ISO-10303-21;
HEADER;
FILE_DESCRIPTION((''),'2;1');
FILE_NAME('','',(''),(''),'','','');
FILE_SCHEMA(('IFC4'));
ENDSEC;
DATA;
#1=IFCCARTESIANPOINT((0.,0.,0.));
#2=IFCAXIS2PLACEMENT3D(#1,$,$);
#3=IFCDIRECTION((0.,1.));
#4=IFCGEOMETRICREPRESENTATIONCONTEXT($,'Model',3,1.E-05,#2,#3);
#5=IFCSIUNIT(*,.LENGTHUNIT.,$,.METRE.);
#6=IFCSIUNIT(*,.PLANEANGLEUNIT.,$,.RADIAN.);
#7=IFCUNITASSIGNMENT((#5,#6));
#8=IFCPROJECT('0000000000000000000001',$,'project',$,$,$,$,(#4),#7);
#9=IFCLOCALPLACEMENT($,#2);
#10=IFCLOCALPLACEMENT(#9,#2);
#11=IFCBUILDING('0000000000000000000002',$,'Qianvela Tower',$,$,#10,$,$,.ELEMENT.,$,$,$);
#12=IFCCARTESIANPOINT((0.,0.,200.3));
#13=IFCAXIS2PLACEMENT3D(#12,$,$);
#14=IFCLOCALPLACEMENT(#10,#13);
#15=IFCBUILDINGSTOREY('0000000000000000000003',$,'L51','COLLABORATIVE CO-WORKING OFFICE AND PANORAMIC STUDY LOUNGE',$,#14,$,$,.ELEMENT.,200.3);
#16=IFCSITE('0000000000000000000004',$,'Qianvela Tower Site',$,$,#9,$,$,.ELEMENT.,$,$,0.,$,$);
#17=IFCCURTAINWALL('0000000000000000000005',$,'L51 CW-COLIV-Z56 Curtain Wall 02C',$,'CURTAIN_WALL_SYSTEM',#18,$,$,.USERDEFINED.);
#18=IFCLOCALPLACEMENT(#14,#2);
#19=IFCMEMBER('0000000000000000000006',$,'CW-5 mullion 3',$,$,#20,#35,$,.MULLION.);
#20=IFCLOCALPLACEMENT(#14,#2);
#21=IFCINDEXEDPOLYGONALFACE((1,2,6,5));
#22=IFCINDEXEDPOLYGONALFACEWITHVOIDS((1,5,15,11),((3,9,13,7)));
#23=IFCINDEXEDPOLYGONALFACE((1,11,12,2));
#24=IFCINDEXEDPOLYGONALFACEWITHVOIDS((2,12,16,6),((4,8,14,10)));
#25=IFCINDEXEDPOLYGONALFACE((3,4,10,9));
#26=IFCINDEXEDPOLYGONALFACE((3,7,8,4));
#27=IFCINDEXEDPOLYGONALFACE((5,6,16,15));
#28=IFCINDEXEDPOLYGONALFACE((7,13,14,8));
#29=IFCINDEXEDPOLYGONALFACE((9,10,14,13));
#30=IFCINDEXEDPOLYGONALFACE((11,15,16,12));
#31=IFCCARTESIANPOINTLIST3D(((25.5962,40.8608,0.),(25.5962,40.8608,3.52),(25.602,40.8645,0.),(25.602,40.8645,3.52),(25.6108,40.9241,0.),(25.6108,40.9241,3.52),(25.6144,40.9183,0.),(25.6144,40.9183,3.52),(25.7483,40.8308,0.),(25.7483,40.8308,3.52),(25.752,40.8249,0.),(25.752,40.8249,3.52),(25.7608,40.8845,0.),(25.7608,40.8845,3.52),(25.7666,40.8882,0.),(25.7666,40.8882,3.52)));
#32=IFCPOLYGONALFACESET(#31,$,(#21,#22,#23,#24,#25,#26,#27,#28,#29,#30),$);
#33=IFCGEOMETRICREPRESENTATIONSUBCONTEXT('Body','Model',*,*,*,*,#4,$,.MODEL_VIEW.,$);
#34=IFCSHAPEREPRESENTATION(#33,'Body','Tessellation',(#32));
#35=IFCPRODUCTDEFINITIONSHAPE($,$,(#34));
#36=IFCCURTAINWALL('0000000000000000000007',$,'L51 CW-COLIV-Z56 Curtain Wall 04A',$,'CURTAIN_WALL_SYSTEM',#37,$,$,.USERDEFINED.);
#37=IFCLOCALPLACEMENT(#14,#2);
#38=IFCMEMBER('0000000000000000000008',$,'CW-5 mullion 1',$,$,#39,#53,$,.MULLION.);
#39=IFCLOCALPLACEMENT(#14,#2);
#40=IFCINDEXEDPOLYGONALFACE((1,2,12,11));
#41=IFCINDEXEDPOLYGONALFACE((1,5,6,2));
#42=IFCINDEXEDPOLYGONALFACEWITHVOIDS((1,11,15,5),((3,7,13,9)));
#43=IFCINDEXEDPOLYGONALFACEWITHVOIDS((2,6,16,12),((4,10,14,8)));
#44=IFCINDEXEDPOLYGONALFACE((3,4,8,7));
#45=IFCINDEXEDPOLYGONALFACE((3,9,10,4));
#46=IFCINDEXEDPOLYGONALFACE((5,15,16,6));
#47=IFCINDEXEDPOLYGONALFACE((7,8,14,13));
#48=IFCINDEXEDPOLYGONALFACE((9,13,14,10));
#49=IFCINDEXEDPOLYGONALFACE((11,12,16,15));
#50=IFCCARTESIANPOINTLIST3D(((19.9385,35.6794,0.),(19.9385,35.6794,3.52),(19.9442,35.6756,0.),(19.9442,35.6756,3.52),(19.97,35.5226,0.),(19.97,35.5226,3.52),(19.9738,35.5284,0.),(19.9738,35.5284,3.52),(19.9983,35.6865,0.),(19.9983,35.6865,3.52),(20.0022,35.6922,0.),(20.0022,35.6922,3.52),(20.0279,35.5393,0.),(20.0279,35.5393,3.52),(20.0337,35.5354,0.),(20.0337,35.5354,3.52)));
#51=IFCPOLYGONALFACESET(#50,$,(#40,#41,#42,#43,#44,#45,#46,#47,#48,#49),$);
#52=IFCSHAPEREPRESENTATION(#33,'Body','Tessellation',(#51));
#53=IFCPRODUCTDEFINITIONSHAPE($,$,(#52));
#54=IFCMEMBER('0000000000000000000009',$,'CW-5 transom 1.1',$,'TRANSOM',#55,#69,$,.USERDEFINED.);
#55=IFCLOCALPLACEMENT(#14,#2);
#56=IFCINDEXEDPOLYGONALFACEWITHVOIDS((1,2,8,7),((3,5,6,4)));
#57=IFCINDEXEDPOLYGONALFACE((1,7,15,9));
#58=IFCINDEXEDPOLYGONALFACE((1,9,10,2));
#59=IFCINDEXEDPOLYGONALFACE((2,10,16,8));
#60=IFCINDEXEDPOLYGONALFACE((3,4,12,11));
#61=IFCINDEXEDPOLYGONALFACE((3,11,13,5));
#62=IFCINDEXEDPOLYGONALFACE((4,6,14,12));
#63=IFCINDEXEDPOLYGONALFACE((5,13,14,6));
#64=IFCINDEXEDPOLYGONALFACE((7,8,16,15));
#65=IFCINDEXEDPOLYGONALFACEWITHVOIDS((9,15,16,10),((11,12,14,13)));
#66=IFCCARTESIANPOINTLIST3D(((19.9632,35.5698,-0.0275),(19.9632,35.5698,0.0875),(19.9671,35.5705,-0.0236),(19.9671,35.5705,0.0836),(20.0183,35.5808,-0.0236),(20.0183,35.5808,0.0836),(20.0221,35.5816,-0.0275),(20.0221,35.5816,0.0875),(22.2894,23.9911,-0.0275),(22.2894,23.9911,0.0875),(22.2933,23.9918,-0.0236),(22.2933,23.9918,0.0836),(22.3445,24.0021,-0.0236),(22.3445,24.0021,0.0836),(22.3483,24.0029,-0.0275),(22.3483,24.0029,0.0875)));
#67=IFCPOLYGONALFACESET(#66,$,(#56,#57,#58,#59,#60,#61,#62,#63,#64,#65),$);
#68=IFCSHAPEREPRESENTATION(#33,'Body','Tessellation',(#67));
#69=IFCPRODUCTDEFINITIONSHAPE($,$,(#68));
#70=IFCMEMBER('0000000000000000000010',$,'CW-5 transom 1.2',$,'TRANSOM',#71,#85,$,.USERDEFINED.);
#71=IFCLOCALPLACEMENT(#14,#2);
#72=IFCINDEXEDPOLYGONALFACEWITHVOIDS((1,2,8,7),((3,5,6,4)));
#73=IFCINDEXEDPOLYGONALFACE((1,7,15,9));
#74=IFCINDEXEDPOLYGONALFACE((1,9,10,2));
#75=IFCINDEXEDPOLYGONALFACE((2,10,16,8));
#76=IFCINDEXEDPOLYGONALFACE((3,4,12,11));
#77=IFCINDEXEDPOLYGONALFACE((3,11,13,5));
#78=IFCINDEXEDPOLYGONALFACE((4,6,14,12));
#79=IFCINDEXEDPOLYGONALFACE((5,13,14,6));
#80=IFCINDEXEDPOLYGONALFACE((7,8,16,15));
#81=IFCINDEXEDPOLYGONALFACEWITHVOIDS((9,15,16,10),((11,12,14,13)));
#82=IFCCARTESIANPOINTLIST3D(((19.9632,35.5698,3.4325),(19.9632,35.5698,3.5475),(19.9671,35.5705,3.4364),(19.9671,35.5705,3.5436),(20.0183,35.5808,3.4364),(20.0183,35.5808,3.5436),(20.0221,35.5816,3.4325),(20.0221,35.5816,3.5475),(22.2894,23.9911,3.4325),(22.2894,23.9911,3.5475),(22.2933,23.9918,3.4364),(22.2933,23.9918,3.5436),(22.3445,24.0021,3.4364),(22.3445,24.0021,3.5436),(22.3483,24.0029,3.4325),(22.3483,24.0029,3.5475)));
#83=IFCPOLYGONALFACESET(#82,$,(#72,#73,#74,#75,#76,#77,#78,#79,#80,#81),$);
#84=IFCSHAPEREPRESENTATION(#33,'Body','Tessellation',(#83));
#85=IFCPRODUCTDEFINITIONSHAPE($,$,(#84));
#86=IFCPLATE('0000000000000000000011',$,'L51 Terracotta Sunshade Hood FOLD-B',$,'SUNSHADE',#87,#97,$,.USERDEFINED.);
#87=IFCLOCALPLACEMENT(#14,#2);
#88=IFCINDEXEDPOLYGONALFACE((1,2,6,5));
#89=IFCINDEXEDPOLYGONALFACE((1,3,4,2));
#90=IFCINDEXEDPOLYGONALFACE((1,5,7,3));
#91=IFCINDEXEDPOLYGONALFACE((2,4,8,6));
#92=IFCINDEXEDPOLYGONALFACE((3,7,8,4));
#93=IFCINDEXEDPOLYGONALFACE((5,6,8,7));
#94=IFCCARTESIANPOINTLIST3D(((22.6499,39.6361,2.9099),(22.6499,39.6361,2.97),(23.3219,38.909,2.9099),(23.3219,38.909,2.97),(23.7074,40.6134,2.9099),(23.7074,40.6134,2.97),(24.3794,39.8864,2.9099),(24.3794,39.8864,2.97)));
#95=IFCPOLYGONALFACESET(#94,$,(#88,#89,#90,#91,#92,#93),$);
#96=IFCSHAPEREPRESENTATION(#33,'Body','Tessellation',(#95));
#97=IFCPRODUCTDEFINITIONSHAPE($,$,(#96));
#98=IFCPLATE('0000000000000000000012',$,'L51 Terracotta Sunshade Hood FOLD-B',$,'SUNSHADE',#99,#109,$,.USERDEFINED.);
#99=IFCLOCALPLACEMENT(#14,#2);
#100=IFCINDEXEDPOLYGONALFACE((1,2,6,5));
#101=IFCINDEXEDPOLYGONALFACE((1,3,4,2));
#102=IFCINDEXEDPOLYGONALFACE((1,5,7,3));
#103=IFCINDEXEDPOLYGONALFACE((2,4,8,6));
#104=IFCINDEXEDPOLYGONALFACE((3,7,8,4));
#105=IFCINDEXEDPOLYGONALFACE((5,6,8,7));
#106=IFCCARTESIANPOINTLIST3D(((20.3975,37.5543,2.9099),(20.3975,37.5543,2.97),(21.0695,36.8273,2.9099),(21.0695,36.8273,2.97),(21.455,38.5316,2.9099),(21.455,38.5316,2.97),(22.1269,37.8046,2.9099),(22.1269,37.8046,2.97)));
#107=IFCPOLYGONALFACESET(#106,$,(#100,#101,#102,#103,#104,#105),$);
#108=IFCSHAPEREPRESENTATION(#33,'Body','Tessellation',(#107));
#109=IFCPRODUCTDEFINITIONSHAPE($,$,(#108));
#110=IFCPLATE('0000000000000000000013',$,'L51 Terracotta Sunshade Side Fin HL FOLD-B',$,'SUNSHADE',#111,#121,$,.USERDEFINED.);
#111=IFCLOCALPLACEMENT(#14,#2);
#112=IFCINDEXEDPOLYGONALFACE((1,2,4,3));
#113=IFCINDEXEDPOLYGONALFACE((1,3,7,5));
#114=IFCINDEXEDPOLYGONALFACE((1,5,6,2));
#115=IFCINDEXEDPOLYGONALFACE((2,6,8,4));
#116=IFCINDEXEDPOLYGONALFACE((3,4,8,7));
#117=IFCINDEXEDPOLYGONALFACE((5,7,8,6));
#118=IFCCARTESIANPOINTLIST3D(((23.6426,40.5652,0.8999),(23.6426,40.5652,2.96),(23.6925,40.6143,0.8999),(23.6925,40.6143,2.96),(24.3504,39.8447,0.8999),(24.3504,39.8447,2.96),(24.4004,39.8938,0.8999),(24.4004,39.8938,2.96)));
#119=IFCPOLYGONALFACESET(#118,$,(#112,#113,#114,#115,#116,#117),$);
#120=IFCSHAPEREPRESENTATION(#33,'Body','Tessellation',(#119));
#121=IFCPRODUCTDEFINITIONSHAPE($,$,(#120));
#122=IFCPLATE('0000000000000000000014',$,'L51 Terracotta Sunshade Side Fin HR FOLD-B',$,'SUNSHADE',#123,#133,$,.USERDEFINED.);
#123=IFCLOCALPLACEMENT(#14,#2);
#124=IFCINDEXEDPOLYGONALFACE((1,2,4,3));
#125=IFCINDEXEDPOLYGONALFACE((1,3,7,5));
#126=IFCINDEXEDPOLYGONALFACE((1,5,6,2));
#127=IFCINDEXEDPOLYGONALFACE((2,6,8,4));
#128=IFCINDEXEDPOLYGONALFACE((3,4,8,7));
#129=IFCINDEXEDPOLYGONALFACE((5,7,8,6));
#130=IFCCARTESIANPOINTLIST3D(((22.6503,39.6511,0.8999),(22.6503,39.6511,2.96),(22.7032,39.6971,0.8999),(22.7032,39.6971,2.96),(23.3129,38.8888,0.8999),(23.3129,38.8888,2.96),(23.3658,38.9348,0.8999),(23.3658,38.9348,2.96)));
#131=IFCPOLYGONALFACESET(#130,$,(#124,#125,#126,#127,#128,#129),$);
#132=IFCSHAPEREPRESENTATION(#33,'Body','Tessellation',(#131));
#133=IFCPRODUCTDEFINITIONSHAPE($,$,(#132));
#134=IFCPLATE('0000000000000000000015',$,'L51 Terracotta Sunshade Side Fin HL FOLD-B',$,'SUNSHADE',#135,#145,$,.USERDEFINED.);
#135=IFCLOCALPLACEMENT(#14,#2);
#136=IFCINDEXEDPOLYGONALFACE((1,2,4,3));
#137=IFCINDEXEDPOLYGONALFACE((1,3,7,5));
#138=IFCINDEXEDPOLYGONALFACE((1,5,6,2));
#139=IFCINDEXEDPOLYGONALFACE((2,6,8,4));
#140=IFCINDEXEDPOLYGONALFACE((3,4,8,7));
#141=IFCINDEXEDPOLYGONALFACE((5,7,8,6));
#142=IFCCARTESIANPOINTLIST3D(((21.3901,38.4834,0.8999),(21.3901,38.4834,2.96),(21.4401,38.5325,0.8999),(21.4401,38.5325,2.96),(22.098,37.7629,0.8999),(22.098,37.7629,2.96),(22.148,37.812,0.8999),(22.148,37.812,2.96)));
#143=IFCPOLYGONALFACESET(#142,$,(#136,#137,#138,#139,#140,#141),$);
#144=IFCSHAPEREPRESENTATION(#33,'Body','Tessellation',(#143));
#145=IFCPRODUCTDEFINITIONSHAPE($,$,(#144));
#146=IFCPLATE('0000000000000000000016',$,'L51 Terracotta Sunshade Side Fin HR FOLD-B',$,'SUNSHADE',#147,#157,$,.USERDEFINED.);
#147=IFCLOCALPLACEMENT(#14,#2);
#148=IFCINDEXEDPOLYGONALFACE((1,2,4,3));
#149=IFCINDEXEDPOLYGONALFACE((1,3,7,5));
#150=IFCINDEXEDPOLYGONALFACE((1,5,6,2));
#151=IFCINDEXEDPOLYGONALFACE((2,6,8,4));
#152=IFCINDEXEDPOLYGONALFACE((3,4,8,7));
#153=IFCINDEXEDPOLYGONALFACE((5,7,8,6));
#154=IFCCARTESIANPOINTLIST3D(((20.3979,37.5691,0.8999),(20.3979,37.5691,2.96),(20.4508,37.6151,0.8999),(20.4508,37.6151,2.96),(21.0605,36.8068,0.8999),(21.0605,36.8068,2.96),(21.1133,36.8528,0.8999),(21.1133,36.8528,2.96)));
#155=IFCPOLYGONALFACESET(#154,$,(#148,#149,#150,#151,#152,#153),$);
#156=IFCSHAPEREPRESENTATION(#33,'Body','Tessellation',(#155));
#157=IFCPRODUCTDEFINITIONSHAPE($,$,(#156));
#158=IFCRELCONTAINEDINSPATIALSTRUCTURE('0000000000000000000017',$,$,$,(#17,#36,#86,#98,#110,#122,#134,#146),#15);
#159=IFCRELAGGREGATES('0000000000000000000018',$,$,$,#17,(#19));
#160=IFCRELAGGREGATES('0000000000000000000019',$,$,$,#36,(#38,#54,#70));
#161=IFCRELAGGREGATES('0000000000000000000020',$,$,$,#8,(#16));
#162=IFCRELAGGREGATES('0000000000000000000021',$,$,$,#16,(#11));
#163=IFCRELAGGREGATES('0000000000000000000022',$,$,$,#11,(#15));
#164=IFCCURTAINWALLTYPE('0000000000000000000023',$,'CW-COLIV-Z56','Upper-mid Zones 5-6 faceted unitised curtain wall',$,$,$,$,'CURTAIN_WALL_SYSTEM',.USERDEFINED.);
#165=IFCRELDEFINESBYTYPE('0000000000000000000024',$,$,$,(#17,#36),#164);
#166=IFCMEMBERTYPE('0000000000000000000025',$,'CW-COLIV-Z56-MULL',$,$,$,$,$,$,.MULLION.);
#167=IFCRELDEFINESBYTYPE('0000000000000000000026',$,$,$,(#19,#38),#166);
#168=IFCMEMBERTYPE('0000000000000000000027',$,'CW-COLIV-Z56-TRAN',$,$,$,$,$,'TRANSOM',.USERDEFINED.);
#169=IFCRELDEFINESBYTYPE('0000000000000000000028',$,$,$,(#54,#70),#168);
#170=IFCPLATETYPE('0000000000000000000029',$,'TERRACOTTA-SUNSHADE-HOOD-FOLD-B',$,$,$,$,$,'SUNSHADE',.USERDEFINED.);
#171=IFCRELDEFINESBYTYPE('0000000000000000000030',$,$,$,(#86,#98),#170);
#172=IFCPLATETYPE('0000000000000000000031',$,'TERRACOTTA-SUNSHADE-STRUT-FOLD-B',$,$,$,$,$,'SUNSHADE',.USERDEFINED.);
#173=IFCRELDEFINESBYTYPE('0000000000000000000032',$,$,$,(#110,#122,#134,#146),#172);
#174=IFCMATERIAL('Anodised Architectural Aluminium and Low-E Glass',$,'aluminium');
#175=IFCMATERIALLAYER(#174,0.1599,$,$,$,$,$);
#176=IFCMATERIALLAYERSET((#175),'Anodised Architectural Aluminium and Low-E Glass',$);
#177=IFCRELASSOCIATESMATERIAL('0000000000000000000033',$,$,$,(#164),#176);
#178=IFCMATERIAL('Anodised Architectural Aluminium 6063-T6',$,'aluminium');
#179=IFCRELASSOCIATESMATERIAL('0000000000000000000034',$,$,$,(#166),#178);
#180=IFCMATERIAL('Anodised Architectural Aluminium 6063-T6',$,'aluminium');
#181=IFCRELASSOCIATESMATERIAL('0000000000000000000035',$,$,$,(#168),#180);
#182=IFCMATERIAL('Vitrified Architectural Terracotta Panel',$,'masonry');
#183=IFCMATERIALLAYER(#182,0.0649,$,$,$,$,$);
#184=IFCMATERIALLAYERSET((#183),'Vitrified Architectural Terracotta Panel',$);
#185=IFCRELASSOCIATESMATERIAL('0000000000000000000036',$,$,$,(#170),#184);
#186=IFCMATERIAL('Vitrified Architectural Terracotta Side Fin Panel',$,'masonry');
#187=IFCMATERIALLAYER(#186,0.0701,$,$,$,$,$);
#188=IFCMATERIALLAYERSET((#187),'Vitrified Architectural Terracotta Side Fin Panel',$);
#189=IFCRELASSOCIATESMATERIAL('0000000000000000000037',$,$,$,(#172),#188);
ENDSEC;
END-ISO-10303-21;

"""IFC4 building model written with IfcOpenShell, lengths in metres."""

from ifc_helpers import new_model, si_unit, direction, frame, origin, origin_2d, place, context, subcontext, project, spatial, rectangle, hollow_rectangle, extrude, material, layer, layer_set, material_profile, profile_set, type_object, element, aggregate, save


model = new_model("IFC4")

# Units and contexts
model_context = context("Model", 3, precision=1e-05, world=origin(), true_north=direction((0.0, 1.0)))
body_context = subcontext(model_context, "Body", "Model", "MODEL_VIEW")
ifc_project = project(units=[si_unit("LENGTHUNIT", "METRE"), si_unit("PLANEANGLEUNIT", "RADIAN")], contexts=[model_context])

# Site, building, storey
site_placement = place(None, origin())
site = spatial("IfcSite", under=ifc_project, at=site_placement, Name="Qianvela Tower Site", CompositionType="ELEMENT", RefElevation=0.0)
building_placement = place(site_placement, origin())
building = spatial("IfcBuilding", under=site, at=building_placement, Name="Qianvela Tower", CompositionType="ELEMENT")
storey_placement = place(building_placement, frame((0.0, 0.0, 200.3)))
storey = spatial("IfcBuildingStorey", under=building, at=storey_placement, Name="L51", Description="COLLABORATIVE CO-WORKING OFFICE AND PANORAMIC STUDY LOUNGE", CompositionType="ELEMENT", Elevation=200.3)

# Curtain wall, member
ifc_material_1 = material(Name="Anodised Architectural Aluminium and Low-E Glass", Category="aluminium")
ifc_layer_1 = layer(ifc_material_1, 0.1599)
ifc_layer_set_1 = layer_set([ifc_layer_1], Name="Anodised Architectural Aluminium and Low-E Glass")
curtain_wall_type = type_object("IfcCurtainWallType", Name="CW-COLIV-Z56", Description="Upper-mid Zones 5-6 faceted unitised curtain wall", ElementType="CURTAIN_WALL_SYSTEM", PredefinedType="USERDEFINED", material=ifc_layer_set_1)
curtain_wall_1_placement = place(storey_placement, origin())
curtain_wall_1 = element("IfcCurtainWall", 1, at=curtain_wall_1_placement, inside=storey, type_object=curtain_wall_type, Name="L51 CW-COLIV-Z56 Curtain Wall 02C", ObjectType="CURTAIN_WALL_SYSTEM", PredefinedType="USERDEFINED")
ifc_material_2 = material(Name="Anodised Architectural Aluminium 6063-T6", Category="aluminium")
ifc_material_profile_1 = material_profile(ifc_material_2, hollow_rectangle(XDim=0.0649, YDim=0.1599, WallThickness=0.0049, at=origin_2d()), Name="ALU-MULL-65x160")
ifc_profile_set_1 = profile_set([ifc_material_profile_1], Name="Anodised Architectural Aluminium 6063-T6")
member_type_1 = type_object("IfcMemberType", Name="CW-COLIV-Z56-MULL", PredefinedType="MULLION", material=ifc_profile_set_1)
member_1_placement = place(storey_placement, frame((25.6814, 40.8745, 0.0), z_axis=(0.0, 0.0, 1.0), x_axis=(-0.224831, -0.974398, 0.0)))
member_1 = element("IfcMember", 2, at=member_1_placement, type_object=member_type_1, Name="CW-5 mullion 3", PredefinedType="MULLION", context=body_context, shape_type="SweptSolid", body=[
    extrude(hollow_rectangle(XDim=0.0649, YDim=0.1599, WallThickness=0.0049, at=origin_2d()), origin(), (0.0, 0.0, 1.0), 3.52),
])
aggregate(curtain_wall_1, [member_1])

# Curtain wall, members
curtain_wall_2_placement = place(storey_placement, origin())
curtain_wall_2 = element("IfcCurtainWall", 3, at=curtain_wall_2_placement, inside=storey, type_object=curtain_wall_type, Name="L51 CW-COLIV-Z56 Curtain Wall 04A", ObjectType="CURTAIN_WALL_SYSTEM", PredefinedType="USERDEFINED")
member_2_placement = place(storey_placement, frame((19.9861, 35.6074, 0.0), z_axis=(0.0, 0.0, 1.0), x_axis=(0.980408, 0.196976, 0.0)))
member_2 = element("IfcMember", 4, at=member_2_placement, type_object=member_type_1, Name="CW-5 mullion 1", PredefinedType="MULLION", context=body_context, shape_type="SweptSolid", body=[
    extrude(hollow_rectangle(XDim=0.0649, YDim=0.1599, WallThickness=0.0049, at=origin_2d()), origin(), (0.0, 0.0, 1.0), 3.52),
])
ifc_material_3 = material(Name="Anodised Architectural Aluminium 6063-T6", Category="aluminium")
ifc_material_profile_2 = material_profile(ifc_material_3, hollow_rectangle(XDim=0.0601, YDim=0.115, WallThickness=0.0039, at=origin_2d()), Name="ALU-TRAN-60x115")
ifc_profile_set_2 = profile_set([ifc_material_profile_2], Name="Anodised Architectural Aluminium 6063-T6")
member_type_2 = type_object("IfcMemberType", Name="CW-COLIV-Z56-TRAN", ElementType="TRANSOM", PredefinedType="USERDEFINED", material=ifc_profile_set_2)
member_3_placement = place(storey_placement, frame((19.9927, 35.5757, 0.03), z_axis=(0.196967, -0.98041, 0.0), x_axis=(0.98041, 0.196967, 0.0)))
member_3 = element("IfcMember", 5, at=member_3_placement, type_object=member_type_2, Name="CW-5 transom 1.1", ObjectType="TRANSOM", PredefinedType="USERDEFINED", context=body_context, shape_type="SweptSolid", body=[
    extrude(hollow_rectangle(XDim=0.0601, YDim=0.115, WallThickness=0.0039, at=origin_2d()), origin(), (0.0, 0.0, 1.0), 11.8101),
])
member_4_placement = place(storey_placement, frame((19.9927, 35.5757, 3.49), z_axis=(0.196967, -0.98041, 0.0), x_axis=(0.98041, 0.196967, 0.0)))
member_4 = element("IfcMember", 6, at=member_4_placement, type_object=member_type_2, Name="CW-5 transom 1.2", ObjectType="TRANSOM", PredefinedType="USERDEFINED", context=body_context, shape_type="SweptSolid", body=[
    extrude(hollow_rectangle(XDim=0.0601, YDim=0.115, WallThickness=0.0039, at=origin_2d()), origin(), (0.0, 0.0, 1.0), 11.8101),
])
aggregate(curtain_wall_2, [member_2, member_3, member_4])

# Plates
ifc_material_4 = material(Name="Vitrified Architectural Terracotta Panel", Category="masonry")
ifc_layer_2 = layer(ifc_material_4, 0.0649)
ifc_layer_set_2 = layer_set([ifc_layer_2], Name="Vitrified Architectural Terracotta Panel")
plate_type_1 = type_object("IfcPlateType", Name="TERRACOTTA-SUNSHADE-HOOD-FOLD-B", ElementType="SUNSHADE", PredefinedType="USERDEFINED", material=ifc_layer_set_2)
for number, where, z_axis, x_axis, name in (
    (7, (23.5146, 39.7612, 2.9099), (0.0, 0.0, 1.0), (-0.73437, -0.678749, 0.0), "L51 Terracotta Sunshade Hood FOLD-B"),
    (8, (21.2622, 37.6794, 2.9099), (0.0, 0.0, 1.0), (-0.73437, -0.678749, 0.0), "L51 Terracotta Sunshade Hood FOLD-B"),
):
    element("IfcPlate", number, at=place(storey_placement, frame(where, z_axis=z_axis, x_axis=x_axis)), inside=storey, type_object=plate_type_1, Name=name, ObjectType="SUNSHADE", PredefinedType="USERDEFINED", context=body_context, shape_type="SweptSolid", body=[
        extrude(rectangle(XDim=1.4399, YDim=0.99, at=origin_2d()), origin(), (0.0, 0.0, 1.0), 0.0601),
    ])
ifc_material_5 = material(Name="Vitrified Architectural Terracotta Side Fin Panel", Category="masonry")
ifc_layer_3 = layer(ifc_material_5, 0.0701)
ifc_layer_set_3 = layer_set([ifc_layer_3], Name="Vitrified Architectural Terracotta Side Fin Panel")
plate_type_2 = type_object("IfcPlateType", Name="TERRACOTTA-SUNSHADE-STRUT-FOLD-B", ElementType="SUNSHADE", PredefinedType="USERDEFINED", material=ifc_layer_set_3)
for number, where, z_axis, x_axis, name in (
    (9, (24.0215, 40.2295, 0.8999), (0.0, 0.0, 1.0), (-0.713299, -0.700859, 0.0), "L51 Terracotta Sunshade Side Fin HL FOLD-B"),
    (10, (23.0081, 39.293, 0.8999), (0.0, 0.0, 1.0), (-0.754755, -0.656006, 0.0), "L51 Terracotta Sunshade Side Fin HR FOLD-B"),
    (11, (21.769, 38.1477, 0.8999), (0.0, 0.0, 1.0), (-0.713299, -0.700859, 0.0), "L51 Terracotta Sunshade Side Fin HL FOLD-B"),
    (12, (20.7556, 37.2109, 0.8999), (0.0, 0.0, 1.0), (-0.754755, -0.656006, 0.0), "L51 Terracotta Sunshade Side Fin HR FOLD-B"),
):
    element("IfcPlate", number, at=place(storey_placement, frame(where, z_axis=z_axis, x_axis=x_axis)), inside=storey, type_object=plate_type_2, Name=name, ObjectType="SUNSHADE", PredefinedType="USERDEFINED", context=body_context, shape_type="SweptSolid", body=[
        extrude(rectangle(XDim=0.0701, YDim=1.01, at=origin_2d()), origin(), (0.0, 0.0, 1.0), 2.0601),
    ])

save(model, "model.ifc")
